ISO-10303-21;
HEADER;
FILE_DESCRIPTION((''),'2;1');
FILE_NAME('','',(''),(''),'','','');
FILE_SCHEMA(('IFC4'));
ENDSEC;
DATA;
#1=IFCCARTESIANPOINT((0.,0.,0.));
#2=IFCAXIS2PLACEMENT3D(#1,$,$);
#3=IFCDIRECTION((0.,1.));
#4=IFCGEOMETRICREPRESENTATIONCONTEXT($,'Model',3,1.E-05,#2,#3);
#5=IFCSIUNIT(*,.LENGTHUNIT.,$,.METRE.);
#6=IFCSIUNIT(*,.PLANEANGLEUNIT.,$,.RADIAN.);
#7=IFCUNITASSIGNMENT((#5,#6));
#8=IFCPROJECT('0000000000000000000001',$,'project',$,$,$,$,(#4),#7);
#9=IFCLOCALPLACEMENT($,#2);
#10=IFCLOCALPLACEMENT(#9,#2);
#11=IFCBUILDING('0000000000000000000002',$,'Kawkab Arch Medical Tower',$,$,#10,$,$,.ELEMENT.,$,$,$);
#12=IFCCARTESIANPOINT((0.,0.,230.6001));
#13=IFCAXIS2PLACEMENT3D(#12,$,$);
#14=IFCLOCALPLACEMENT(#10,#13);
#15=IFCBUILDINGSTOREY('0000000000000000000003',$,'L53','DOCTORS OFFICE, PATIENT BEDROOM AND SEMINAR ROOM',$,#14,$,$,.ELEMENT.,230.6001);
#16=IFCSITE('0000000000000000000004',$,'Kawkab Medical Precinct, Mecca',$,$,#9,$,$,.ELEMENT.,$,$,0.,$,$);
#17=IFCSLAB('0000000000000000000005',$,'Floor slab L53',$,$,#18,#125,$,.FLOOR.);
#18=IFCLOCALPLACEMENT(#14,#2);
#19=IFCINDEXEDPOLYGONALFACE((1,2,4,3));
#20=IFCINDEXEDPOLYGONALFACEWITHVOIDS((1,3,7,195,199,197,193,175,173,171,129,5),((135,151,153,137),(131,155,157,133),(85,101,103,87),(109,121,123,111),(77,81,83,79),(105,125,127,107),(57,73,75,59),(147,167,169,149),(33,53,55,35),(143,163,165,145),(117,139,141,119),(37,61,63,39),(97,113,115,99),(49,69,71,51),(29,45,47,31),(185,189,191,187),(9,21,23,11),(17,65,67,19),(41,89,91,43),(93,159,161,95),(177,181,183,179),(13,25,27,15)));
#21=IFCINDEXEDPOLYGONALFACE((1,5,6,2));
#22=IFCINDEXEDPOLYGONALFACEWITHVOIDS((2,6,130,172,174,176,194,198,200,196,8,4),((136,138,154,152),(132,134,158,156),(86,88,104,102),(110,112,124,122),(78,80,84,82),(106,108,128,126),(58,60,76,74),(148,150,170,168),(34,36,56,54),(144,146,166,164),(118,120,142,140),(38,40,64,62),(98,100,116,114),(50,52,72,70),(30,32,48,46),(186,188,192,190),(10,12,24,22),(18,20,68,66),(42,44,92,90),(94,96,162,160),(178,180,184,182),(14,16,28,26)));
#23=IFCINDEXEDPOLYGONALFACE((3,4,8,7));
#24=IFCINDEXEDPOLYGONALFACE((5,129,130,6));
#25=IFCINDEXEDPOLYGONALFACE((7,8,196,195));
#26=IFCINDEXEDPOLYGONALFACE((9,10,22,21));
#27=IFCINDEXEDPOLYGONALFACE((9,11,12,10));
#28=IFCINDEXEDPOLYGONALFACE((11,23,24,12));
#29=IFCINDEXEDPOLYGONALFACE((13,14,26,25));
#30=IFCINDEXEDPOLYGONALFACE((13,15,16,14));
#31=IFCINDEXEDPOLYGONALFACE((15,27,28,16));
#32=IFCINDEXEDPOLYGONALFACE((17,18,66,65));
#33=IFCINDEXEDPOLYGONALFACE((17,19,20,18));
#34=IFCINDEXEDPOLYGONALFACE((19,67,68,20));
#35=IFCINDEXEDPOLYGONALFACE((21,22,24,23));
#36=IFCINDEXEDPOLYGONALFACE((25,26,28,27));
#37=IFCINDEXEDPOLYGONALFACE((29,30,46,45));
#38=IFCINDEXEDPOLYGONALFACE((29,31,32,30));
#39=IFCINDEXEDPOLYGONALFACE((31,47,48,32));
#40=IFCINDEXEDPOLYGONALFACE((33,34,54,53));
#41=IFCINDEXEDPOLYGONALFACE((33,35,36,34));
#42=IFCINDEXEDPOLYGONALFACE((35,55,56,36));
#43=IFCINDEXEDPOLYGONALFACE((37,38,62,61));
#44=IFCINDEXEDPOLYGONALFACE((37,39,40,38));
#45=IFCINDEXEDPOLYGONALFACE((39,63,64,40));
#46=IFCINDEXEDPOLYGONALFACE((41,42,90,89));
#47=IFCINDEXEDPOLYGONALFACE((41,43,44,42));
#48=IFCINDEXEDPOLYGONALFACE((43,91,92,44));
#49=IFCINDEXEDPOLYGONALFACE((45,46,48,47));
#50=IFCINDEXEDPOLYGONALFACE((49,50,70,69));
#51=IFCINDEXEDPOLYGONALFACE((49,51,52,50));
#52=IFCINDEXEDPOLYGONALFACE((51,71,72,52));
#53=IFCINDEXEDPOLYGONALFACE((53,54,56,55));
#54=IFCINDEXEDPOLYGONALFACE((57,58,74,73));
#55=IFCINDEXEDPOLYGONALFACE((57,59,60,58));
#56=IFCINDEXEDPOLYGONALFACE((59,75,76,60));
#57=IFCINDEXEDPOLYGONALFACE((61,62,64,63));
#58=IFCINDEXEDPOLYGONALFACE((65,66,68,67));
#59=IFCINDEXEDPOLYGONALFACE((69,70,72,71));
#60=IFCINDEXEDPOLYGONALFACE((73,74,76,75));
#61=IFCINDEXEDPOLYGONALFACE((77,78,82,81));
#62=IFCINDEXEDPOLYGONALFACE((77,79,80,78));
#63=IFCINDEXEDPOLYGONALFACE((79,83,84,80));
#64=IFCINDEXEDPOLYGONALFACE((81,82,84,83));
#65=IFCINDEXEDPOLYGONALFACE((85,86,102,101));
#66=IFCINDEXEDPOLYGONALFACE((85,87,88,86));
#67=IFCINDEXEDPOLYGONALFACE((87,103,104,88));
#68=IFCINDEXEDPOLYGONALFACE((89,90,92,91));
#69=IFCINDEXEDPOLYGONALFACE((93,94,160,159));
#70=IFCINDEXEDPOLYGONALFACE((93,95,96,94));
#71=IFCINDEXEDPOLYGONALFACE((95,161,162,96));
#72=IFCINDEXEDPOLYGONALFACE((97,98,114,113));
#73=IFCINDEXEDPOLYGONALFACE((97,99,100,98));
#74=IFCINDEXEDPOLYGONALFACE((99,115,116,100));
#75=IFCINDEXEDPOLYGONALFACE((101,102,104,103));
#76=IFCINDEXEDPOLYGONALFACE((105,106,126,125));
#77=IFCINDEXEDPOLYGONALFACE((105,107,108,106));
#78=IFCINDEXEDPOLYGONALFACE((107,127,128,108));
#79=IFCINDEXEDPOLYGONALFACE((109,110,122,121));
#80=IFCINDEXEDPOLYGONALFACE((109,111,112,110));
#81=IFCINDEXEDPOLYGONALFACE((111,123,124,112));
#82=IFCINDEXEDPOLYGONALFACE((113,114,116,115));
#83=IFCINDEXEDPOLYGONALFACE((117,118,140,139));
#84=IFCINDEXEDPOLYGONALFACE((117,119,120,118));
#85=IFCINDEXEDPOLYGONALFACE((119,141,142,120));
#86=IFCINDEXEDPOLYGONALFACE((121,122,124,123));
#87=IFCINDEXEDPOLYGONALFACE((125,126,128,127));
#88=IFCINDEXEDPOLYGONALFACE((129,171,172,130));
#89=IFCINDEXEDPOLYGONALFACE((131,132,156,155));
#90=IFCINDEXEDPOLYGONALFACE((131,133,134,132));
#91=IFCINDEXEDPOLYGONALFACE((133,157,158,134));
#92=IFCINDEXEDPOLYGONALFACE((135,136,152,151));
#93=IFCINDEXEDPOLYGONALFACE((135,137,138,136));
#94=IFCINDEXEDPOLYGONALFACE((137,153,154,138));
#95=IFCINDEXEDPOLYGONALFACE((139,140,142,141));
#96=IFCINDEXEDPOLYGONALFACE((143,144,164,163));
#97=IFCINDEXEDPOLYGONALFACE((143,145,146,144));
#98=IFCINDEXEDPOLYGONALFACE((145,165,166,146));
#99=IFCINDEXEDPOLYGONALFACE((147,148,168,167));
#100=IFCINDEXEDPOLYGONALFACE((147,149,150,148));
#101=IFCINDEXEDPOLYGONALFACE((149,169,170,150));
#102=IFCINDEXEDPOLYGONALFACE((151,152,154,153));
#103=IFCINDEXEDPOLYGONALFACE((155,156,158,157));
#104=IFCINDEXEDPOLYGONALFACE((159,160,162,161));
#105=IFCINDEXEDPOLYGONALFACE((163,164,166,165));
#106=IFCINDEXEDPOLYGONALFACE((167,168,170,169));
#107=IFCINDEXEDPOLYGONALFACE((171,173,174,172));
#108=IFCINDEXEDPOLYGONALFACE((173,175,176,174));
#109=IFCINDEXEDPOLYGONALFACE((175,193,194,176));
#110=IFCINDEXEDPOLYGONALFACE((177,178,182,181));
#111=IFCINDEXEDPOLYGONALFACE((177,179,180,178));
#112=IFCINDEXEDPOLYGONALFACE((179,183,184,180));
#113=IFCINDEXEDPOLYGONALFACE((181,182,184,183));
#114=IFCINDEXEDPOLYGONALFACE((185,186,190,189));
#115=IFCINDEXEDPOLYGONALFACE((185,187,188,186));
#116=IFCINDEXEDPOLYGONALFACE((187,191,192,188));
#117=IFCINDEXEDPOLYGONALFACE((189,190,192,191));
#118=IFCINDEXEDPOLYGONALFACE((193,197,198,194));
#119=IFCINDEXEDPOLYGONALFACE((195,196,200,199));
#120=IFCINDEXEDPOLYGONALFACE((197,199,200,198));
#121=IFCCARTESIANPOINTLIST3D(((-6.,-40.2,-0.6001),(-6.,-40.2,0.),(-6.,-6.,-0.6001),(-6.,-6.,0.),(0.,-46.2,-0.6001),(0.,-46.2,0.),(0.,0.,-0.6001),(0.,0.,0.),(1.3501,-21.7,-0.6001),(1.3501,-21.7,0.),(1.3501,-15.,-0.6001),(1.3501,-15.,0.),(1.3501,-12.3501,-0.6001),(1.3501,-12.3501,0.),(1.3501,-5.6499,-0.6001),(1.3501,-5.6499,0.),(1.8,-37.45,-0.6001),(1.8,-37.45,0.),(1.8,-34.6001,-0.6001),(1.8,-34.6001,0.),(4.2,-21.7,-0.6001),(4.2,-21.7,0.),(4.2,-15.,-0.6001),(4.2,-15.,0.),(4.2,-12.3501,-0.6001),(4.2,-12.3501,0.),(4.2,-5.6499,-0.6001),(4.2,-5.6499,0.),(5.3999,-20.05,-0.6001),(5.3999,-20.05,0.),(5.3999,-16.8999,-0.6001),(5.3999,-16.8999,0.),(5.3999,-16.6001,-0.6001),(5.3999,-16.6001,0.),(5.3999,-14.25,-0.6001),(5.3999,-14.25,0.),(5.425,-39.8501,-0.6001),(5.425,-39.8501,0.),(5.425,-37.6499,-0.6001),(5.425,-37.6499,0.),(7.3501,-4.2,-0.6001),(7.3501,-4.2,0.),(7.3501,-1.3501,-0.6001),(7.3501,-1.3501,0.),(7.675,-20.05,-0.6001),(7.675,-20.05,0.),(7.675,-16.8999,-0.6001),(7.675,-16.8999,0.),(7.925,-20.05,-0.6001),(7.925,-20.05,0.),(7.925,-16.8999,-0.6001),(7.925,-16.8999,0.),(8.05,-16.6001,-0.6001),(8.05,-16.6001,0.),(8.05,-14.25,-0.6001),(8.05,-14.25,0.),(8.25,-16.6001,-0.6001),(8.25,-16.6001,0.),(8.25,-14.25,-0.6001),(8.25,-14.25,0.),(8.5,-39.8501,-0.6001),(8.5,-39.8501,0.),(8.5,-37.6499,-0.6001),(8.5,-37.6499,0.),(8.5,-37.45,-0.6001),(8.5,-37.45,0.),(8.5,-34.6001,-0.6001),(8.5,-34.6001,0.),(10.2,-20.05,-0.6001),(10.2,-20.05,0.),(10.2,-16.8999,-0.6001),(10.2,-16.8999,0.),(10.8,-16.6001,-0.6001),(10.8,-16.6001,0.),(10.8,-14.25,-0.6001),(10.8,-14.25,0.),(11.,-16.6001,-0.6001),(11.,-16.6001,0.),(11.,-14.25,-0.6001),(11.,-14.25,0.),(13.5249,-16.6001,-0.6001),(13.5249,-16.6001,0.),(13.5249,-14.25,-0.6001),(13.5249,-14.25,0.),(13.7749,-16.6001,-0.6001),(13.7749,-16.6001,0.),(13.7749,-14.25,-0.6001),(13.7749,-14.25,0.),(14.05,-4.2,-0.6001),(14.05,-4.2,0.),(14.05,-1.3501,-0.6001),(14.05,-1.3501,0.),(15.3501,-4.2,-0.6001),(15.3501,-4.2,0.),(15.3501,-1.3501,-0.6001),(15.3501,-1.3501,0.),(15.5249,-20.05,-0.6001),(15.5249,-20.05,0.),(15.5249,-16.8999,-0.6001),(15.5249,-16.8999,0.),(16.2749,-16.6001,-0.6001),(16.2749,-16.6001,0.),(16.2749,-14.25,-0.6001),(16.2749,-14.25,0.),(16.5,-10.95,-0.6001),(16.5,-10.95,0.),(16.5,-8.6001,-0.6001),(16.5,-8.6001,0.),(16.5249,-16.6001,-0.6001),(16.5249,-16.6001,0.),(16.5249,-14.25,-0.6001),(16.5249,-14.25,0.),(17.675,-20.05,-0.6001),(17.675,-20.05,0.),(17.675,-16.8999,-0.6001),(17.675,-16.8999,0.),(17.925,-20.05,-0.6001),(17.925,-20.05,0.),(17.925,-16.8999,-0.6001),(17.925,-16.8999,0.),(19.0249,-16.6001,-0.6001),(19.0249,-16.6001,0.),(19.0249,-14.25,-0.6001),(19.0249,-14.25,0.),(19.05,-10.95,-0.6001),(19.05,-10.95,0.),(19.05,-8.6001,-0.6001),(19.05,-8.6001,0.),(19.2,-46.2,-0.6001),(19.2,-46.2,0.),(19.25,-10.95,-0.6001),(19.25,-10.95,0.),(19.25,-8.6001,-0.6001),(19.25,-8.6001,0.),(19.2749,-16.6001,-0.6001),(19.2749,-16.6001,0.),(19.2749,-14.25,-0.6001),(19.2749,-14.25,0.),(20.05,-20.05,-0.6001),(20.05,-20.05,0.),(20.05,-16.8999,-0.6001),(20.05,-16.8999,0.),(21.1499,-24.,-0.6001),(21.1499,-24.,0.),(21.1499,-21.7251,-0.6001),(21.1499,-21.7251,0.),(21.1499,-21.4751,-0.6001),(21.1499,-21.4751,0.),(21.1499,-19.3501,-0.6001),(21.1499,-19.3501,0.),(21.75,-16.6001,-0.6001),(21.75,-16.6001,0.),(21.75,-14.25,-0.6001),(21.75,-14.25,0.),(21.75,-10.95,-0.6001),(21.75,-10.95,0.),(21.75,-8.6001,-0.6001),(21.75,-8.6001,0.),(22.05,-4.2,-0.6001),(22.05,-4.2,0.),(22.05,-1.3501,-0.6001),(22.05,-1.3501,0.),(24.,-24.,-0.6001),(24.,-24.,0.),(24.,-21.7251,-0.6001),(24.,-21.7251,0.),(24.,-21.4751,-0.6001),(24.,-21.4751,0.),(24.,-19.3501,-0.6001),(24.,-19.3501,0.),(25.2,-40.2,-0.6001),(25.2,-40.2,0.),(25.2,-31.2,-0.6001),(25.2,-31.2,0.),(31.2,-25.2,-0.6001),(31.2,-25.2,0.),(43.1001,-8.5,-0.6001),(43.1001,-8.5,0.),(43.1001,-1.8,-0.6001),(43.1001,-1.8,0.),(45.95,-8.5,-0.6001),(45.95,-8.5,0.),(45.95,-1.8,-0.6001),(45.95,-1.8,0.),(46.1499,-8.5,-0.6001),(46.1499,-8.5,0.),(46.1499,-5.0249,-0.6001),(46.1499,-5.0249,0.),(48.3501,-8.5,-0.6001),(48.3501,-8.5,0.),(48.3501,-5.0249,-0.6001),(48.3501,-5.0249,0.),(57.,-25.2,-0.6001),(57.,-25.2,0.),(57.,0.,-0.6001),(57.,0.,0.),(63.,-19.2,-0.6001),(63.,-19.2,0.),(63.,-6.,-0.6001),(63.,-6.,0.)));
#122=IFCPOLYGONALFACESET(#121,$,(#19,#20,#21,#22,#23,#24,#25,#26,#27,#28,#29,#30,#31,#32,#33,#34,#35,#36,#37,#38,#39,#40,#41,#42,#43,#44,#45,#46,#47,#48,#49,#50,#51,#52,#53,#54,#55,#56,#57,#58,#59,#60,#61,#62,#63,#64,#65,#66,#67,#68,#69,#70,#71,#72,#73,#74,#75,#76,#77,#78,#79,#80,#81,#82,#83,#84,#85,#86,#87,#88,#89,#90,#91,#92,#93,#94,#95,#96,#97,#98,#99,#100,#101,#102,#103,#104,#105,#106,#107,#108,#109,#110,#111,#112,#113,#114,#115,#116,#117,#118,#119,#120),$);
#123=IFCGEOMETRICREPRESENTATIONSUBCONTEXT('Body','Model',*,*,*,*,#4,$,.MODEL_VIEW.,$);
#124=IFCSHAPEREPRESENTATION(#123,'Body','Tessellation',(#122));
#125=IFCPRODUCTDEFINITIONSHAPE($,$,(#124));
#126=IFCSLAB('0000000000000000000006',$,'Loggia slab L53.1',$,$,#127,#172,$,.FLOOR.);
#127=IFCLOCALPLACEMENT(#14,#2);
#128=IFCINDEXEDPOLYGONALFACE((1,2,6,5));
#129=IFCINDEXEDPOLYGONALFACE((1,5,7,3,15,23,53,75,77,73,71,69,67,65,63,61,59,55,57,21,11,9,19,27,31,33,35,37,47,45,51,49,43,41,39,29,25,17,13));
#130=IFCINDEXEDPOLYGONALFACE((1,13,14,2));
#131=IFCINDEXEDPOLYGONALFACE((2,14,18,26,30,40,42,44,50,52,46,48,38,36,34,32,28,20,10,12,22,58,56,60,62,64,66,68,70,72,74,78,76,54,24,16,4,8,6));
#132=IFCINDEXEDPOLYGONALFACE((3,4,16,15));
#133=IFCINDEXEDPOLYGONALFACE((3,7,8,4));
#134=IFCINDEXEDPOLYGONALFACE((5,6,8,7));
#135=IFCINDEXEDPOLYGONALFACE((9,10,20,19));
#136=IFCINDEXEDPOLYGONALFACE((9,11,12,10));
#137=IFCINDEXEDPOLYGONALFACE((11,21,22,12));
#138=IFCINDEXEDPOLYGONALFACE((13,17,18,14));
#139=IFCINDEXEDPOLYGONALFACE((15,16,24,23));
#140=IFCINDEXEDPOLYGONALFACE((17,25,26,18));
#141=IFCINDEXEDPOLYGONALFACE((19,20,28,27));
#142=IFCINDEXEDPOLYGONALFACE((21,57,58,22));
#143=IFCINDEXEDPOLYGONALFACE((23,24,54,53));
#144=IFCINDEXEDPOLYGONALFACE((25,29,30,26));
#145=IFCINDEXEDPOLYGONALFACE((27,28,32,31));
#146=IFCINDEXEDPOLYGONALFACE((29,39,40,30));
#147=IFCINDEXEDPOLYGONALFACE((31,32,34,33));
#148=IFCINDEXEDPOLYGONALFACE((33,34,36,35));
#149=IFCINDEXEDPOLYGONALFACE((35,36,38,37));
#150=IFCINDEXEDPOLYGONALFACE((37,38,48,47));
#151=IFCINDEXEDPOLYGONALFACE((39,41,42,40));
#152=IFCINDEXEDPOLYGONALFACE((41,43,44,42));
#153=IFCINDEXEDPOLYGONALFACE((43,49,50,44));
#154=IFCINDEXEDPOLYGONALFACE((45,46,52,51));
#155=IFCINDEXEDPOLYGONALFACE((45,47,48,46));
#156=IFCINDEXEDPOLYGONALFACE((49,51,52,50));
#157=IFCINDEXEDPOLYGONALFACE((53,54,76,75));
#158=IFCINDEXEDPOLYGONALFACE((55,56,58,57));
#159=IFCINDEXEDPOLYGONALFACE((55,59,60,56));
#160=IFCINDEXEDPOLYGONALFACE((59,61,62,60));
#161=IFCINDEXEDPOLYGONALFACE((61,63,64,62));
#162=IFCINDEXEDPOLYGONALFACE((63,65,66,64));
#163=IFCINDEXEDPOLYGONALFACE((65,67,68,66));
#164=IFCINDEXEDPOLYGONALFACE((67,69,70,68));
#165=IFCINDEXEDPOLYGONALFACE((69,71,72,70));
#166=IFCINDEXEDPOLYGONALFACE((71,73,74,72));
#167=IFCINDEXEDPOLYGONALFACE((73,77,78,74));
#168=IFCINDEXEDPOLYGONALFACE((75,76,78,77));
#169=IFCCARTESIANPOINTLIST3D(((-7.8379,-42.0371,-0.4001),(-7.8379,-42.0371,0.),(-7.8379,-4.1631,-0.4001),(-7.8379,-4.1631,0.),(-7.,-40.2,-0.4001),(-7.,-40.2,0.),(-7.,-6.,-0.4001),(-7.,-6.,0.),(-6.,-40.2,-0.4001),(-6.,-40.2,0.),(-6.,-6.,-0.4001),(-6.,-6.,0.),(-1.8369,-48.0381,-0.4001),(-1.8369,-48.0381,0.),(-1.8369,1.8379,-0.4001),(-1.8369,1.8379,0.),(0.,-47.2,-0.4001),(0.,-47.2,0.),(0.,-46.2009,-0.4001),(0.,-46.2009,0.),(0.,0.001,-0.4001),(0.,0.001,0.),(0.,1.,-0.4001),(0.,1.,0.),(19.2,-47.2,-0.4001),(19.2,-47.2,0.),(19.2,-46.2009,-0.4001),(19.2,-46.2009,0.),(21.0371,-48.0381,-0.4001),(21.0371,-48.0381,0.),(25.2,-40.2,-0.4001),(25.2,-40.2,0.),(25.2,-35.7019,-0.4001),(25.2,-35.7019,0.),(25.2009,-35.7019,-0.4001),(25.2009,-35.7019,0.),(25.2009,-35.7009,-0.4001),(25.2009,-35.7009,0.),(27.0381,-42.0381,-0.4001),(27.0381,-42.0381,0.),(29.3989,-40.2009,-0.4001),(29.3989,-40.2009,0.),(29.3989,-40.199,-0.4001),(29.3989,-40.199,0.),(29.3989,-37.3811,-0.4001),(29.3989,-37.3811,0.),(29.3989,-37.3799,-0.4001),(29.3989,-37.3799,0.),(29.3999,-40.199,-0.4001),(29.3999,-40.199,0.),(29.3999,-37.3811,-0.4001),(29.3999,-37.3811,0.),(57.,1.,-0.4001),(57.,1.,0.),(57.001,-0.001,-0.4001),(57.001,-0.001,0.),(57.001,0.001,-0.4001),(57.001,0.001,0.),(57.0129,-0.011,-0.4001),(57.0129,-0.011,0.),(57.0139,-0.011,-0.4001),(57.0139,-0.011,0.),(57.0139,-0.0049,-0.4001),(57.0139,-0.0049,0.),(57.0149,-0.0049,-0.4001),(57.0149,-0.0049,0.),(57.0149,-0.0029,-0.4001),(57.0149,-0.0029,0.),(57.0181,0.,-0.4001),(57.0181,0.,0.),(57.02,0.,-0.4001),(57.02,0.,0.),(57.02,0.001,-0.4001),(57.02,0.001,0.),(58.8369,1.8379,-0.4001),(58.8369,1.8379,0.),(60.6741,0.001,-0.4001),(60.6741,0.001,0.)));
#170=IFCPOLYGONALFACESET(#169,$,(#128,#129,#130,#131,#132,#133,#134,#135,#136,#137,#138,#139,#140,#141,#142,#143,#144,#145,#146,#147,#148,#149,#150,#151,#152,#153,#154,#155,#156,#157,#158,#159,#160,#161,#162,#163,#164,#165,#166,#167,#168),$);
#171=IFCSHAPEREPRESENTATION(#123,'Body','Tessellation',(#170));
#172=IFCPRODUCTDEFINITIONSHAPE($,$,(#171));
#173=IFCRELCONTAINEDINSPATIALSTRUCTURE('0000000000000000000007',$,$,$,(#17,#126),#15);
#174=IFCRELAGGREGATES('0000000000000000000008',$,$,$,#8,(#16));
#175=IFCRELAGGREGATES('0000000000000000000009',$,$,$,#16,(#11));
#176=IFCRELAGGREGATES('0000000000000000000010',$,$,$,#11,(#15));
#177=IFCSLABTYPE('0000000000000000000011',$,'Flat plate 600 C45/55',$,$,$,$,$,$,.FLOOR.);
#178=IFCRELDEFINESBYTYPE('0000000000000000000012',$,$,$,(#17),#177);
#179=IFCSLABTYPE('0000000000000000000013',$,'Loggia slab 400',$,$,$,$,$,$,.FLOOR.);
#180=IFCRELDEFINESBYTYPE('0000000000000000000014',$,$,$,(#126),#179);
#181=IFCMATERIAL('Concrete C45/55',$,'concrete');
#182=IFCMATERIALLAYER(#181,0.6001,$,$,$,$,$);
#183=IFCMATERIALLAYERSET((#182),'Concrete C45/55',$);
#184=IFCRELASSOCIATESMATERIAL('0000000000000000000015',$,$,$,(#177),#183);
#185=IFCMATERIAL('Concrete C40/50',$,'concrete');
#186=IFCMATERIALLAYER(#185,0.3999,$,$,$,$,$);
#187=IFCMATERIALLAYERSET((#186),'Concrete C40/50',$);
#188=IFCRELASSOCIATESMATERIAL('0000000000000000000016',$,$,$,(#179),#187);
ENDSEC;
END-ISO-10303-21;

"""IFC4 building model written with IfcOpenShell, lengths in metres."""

from ifc_helpers import new_model, si_unit, direction, frame, origin, place, context, subcontext, project, spatial, polyline, outline, extrude, material, layer, layer_set, type_object, element, save


model = new_model("IFC4")

# Units and contexts
model_context = context("Model", 3, precision=1e-05, world=origin(), true_north=direction((0.0, 1.0)))
body_context = subcontext(model_context, "Body", "Model", "MODEL_VIEW")
ifc_project = project(units=[si_unit("LENGTHUNIT", "METRE"), si_unit("PLANEANGLEUNIT", "RADIAN")], contexts=[model_context])

# Site, building, storey
site_placement = place(None, origin())
site = spatial("IfcSite", under=ifc_project, at=site_placement, Name="Kawkab Medical Precinct, Mecca", CompositionType="ELEMENT", RefElevation=0.0)
building_placement = place(site_placement, origin())
building = spatial("IfcBuilding", under=site, at=building_placement, Name="Kawkab Arch Medical Tower", CompositionType="ELEMENT")
storey_placement = place(building_placement, frame((0.0, 0.0, 230.6001)))
storey = spatial("IfcBuildingStorey", under=building, at=storey_placement, Name="L53", Description="DOCTORS OFFICE, PATIENT BEDROOM AND SEMINAR ROOM", CompositionType="ELEMENT", Elevation=230.6001)

# Slabs
ifc_material_1 = material(Name="Concrete C45/55", Category="concrete")
ifc_layer_1 = layer(ifc_material_1, 0.6001)
ifc_layer_set_1 = layer_set([ifc_layer_1], Name="Concrete C45/55")
slab_type_1 = type_object("IfcSlabType", Name="Flat plate 600 C45/55", PredefinedType="FLOOR", material=ifc_layer_set_1)
slab_1_placement = place(storey_placement, frame((0.0, 0.0, -0.6001)))
element("IfcSlab", 1, at=slab_1_placement, inside=storey, type_object=slab_type_1, Name="Floor slab L53", PredefinedType="FLOOR", context=body_context, shape_type="SweptSolid", body=[
    extrude(outline(polyline([(0.0, 0.0), (57.0, 0.0), (63.0, -6.0), (63.0, -19.2), (57.0, -25.2), (31.2, -25.2), (25.2, -31.2), (25.2, -40.2), (19.2, -46.2), (0.0, -46.2), (-6.0, -40.2), (-6.0, -6.0), (0.0, 0.0)]), holes=[polyline([(5.425, -37.6499), (5.425, -39.8501), (8.5, -39.8501), (8.5, -37.6499), (5.425, -37.6499)]), polyline([(8.5, -37.45), (8.5, -34.6001), (1.8, -34.6001), (1.8, -37.45), (8.5, -37.45)]), polyline([(5.3999, -20.05), (7.675, -20.05), (7.675, -16.8999), (5.3999, -16.8999), (5.3999, -20.05)]), polyline([(10.2, -20.05), (10.2, -16.8999), (7.925, -16.8999), (7.925, -20.05), (10.2, -20.05)]), polyline([(4.2, -21.7), (4.2, -15.0), (1.3501, -15.0), (1.3501, -21.7), (4.2, -21.7)]), polyline([(5.3999, -16.6001), (8.05, -16.6001), (8.05, -14.25), (5.3999, -14.25), (5.3999, -16.6001)]), polyline([(10.8, -14.25), (8.25, -14.25), (8.25, -16.6001), (10.8, -16.6001), (10.8, -14.25)]), polyline([(13.5249, -16.6001), (13.5249, -14.25), (11.0, -14.25), (11.0, -16.6001), (13.5249, -16.6001)]), polyline([(16.2749, -14.25), (13.7749, -14.25), (13.7749, -16.6001), (16.2749, -16.6001), (16.2749, -14.25)]), polyline([(4.2, -12.3501), (4.2, -5.6499), (1.3501, -5.6499), (1.3501, -12.3501), (4.2, -12.3501)]), polyline([(7.3501, -4.2), (14.05, -4.2), (14.05, -1.3501), (7.3501, -1.3501), (7.3501, -4.2)]), polyline([(24.0, -21.7251), (21.1499, -21.7251), (21.1499, -24.0), (24.0, -24.0), (24.0, -21.7251)]), polyline([(24.0, -19.3501), (21.1499, -19.3501), (21.1499, -21.4751), (24.0, -21.4751), (24.0, -19.3501)]), polyline([(15.5249, -16.8999), (15.5249, -20.05), (17.675, -20.05), (17.675, -16.8999), (15.5249, -16.8999)]), polyline([(20.05, -16.8999), (17.925, -16.8999), (17.925, -20.05), (20.05, -20.05), (20.05, -16.8999)]), polyline([(16.5249, -14.25), (16.5249, -16.6001), (19.0249, -16.6001), (19.0249, -14.25), (16.5249, -14.25)]), polyline([(19.2749, -14.25), (19.2749, -16.6001), (21.75, -16.6001), (21.75, -14.25), (19.2749, -14.25)]), polyline([(19.05, -10.95), (19.05, -8.6001), (16.5, -8.6001), (16.5, -10.95), (19.05, -10.95)]), polyline([(21.75, -8.6001), (19.25, -8.6001), (19.25, -10.95), (21.75, -10.95), (21.75, -8.6001)]), polyline([(46.1499, -8.5), (48.3501, -8.5), (48.3501, -5.0249), (46.1499, -5.0249), (46.1499, -8.5)]), polyline([(43.1001, -1.8), (43.1001, -8.5), (45.95, -8.5), (45.95, -1.8), (43.1001, -1.8)]), polyline([(22.05, -1.3501), (15.3501, -1.3501), (15.3501, -4.2), (22.05, -4.2), (22.05, -1.3501)])]), origin(), (0.0, 0.0, 1.0), 0.6001),
])
ifc_material_2 = material(Name="Concrete C40/50", Category="concrete")
ifc_layer_2 = layer(ifc_material_2, 0.3999)
ifc_layer_set_2 = layer_set([ifc_layer_2], Name="Concrete C40/50")
slab_type_2 = type_object("IfcSlabType", Name="Loggia slab 400", PredefinedType="FLOOR", material=ifc_layer_set_2)
placement_1 = place(storey_placement, frame((0.0, 0.0, -0.4001)))
element("IfcSlab", 2, at=placement_1, inside=storey, type_object=slab_type_2, Name="Loggia slab L53.1", PredefinedType="FLOOR", context=body_context, shape_type="SweptSolid", body=[
    extrude(outline(polyline([(-7.8379, -42.0371), (-7.0, -40.2), (-7.0, -6.0), (-7.8379, -4.1631), (-1.8369, 1.8379), (0.0, 1.0), (57.0, 1.0), (58.8369, 1.8379), (60.6741, 0.001), (57.02, 0.001), (57.02, 0.0), (57.0181, 0.0), (57.0149, -0.0029), (57.0149, -0.0049), (57.0139, -0.0049), (57.0139, -0.011), (57.0129, -0.011), (57.001, -0.001), (57.001, 0.001), (0.0, 0.001), (-6.0, -6.0), (-6.0, -40.2), (0.0, -46.2009), (19.2, -46.2009), (25.2, -40.2), (25.2, -35.7019), (25.2009, -35.7019), (25.2009, -35.7009), (29.3989, -37.3799), (29.3989, -37.3811), (29.3999, -37.3811), (29.3999, -40.199), (29.3989, -40.199), (29.3989, -40.2009), (27.0381, -42.0381), (21.0371, -48.0381), (19.2, -47.2), (0.0, -47.2), (-1.8369, -48.0381), (-7.8379, -42.0371)])), origin(), (0.0, 0.0, 1.0), 0.4001),
])

save(model, "model.ifc")
